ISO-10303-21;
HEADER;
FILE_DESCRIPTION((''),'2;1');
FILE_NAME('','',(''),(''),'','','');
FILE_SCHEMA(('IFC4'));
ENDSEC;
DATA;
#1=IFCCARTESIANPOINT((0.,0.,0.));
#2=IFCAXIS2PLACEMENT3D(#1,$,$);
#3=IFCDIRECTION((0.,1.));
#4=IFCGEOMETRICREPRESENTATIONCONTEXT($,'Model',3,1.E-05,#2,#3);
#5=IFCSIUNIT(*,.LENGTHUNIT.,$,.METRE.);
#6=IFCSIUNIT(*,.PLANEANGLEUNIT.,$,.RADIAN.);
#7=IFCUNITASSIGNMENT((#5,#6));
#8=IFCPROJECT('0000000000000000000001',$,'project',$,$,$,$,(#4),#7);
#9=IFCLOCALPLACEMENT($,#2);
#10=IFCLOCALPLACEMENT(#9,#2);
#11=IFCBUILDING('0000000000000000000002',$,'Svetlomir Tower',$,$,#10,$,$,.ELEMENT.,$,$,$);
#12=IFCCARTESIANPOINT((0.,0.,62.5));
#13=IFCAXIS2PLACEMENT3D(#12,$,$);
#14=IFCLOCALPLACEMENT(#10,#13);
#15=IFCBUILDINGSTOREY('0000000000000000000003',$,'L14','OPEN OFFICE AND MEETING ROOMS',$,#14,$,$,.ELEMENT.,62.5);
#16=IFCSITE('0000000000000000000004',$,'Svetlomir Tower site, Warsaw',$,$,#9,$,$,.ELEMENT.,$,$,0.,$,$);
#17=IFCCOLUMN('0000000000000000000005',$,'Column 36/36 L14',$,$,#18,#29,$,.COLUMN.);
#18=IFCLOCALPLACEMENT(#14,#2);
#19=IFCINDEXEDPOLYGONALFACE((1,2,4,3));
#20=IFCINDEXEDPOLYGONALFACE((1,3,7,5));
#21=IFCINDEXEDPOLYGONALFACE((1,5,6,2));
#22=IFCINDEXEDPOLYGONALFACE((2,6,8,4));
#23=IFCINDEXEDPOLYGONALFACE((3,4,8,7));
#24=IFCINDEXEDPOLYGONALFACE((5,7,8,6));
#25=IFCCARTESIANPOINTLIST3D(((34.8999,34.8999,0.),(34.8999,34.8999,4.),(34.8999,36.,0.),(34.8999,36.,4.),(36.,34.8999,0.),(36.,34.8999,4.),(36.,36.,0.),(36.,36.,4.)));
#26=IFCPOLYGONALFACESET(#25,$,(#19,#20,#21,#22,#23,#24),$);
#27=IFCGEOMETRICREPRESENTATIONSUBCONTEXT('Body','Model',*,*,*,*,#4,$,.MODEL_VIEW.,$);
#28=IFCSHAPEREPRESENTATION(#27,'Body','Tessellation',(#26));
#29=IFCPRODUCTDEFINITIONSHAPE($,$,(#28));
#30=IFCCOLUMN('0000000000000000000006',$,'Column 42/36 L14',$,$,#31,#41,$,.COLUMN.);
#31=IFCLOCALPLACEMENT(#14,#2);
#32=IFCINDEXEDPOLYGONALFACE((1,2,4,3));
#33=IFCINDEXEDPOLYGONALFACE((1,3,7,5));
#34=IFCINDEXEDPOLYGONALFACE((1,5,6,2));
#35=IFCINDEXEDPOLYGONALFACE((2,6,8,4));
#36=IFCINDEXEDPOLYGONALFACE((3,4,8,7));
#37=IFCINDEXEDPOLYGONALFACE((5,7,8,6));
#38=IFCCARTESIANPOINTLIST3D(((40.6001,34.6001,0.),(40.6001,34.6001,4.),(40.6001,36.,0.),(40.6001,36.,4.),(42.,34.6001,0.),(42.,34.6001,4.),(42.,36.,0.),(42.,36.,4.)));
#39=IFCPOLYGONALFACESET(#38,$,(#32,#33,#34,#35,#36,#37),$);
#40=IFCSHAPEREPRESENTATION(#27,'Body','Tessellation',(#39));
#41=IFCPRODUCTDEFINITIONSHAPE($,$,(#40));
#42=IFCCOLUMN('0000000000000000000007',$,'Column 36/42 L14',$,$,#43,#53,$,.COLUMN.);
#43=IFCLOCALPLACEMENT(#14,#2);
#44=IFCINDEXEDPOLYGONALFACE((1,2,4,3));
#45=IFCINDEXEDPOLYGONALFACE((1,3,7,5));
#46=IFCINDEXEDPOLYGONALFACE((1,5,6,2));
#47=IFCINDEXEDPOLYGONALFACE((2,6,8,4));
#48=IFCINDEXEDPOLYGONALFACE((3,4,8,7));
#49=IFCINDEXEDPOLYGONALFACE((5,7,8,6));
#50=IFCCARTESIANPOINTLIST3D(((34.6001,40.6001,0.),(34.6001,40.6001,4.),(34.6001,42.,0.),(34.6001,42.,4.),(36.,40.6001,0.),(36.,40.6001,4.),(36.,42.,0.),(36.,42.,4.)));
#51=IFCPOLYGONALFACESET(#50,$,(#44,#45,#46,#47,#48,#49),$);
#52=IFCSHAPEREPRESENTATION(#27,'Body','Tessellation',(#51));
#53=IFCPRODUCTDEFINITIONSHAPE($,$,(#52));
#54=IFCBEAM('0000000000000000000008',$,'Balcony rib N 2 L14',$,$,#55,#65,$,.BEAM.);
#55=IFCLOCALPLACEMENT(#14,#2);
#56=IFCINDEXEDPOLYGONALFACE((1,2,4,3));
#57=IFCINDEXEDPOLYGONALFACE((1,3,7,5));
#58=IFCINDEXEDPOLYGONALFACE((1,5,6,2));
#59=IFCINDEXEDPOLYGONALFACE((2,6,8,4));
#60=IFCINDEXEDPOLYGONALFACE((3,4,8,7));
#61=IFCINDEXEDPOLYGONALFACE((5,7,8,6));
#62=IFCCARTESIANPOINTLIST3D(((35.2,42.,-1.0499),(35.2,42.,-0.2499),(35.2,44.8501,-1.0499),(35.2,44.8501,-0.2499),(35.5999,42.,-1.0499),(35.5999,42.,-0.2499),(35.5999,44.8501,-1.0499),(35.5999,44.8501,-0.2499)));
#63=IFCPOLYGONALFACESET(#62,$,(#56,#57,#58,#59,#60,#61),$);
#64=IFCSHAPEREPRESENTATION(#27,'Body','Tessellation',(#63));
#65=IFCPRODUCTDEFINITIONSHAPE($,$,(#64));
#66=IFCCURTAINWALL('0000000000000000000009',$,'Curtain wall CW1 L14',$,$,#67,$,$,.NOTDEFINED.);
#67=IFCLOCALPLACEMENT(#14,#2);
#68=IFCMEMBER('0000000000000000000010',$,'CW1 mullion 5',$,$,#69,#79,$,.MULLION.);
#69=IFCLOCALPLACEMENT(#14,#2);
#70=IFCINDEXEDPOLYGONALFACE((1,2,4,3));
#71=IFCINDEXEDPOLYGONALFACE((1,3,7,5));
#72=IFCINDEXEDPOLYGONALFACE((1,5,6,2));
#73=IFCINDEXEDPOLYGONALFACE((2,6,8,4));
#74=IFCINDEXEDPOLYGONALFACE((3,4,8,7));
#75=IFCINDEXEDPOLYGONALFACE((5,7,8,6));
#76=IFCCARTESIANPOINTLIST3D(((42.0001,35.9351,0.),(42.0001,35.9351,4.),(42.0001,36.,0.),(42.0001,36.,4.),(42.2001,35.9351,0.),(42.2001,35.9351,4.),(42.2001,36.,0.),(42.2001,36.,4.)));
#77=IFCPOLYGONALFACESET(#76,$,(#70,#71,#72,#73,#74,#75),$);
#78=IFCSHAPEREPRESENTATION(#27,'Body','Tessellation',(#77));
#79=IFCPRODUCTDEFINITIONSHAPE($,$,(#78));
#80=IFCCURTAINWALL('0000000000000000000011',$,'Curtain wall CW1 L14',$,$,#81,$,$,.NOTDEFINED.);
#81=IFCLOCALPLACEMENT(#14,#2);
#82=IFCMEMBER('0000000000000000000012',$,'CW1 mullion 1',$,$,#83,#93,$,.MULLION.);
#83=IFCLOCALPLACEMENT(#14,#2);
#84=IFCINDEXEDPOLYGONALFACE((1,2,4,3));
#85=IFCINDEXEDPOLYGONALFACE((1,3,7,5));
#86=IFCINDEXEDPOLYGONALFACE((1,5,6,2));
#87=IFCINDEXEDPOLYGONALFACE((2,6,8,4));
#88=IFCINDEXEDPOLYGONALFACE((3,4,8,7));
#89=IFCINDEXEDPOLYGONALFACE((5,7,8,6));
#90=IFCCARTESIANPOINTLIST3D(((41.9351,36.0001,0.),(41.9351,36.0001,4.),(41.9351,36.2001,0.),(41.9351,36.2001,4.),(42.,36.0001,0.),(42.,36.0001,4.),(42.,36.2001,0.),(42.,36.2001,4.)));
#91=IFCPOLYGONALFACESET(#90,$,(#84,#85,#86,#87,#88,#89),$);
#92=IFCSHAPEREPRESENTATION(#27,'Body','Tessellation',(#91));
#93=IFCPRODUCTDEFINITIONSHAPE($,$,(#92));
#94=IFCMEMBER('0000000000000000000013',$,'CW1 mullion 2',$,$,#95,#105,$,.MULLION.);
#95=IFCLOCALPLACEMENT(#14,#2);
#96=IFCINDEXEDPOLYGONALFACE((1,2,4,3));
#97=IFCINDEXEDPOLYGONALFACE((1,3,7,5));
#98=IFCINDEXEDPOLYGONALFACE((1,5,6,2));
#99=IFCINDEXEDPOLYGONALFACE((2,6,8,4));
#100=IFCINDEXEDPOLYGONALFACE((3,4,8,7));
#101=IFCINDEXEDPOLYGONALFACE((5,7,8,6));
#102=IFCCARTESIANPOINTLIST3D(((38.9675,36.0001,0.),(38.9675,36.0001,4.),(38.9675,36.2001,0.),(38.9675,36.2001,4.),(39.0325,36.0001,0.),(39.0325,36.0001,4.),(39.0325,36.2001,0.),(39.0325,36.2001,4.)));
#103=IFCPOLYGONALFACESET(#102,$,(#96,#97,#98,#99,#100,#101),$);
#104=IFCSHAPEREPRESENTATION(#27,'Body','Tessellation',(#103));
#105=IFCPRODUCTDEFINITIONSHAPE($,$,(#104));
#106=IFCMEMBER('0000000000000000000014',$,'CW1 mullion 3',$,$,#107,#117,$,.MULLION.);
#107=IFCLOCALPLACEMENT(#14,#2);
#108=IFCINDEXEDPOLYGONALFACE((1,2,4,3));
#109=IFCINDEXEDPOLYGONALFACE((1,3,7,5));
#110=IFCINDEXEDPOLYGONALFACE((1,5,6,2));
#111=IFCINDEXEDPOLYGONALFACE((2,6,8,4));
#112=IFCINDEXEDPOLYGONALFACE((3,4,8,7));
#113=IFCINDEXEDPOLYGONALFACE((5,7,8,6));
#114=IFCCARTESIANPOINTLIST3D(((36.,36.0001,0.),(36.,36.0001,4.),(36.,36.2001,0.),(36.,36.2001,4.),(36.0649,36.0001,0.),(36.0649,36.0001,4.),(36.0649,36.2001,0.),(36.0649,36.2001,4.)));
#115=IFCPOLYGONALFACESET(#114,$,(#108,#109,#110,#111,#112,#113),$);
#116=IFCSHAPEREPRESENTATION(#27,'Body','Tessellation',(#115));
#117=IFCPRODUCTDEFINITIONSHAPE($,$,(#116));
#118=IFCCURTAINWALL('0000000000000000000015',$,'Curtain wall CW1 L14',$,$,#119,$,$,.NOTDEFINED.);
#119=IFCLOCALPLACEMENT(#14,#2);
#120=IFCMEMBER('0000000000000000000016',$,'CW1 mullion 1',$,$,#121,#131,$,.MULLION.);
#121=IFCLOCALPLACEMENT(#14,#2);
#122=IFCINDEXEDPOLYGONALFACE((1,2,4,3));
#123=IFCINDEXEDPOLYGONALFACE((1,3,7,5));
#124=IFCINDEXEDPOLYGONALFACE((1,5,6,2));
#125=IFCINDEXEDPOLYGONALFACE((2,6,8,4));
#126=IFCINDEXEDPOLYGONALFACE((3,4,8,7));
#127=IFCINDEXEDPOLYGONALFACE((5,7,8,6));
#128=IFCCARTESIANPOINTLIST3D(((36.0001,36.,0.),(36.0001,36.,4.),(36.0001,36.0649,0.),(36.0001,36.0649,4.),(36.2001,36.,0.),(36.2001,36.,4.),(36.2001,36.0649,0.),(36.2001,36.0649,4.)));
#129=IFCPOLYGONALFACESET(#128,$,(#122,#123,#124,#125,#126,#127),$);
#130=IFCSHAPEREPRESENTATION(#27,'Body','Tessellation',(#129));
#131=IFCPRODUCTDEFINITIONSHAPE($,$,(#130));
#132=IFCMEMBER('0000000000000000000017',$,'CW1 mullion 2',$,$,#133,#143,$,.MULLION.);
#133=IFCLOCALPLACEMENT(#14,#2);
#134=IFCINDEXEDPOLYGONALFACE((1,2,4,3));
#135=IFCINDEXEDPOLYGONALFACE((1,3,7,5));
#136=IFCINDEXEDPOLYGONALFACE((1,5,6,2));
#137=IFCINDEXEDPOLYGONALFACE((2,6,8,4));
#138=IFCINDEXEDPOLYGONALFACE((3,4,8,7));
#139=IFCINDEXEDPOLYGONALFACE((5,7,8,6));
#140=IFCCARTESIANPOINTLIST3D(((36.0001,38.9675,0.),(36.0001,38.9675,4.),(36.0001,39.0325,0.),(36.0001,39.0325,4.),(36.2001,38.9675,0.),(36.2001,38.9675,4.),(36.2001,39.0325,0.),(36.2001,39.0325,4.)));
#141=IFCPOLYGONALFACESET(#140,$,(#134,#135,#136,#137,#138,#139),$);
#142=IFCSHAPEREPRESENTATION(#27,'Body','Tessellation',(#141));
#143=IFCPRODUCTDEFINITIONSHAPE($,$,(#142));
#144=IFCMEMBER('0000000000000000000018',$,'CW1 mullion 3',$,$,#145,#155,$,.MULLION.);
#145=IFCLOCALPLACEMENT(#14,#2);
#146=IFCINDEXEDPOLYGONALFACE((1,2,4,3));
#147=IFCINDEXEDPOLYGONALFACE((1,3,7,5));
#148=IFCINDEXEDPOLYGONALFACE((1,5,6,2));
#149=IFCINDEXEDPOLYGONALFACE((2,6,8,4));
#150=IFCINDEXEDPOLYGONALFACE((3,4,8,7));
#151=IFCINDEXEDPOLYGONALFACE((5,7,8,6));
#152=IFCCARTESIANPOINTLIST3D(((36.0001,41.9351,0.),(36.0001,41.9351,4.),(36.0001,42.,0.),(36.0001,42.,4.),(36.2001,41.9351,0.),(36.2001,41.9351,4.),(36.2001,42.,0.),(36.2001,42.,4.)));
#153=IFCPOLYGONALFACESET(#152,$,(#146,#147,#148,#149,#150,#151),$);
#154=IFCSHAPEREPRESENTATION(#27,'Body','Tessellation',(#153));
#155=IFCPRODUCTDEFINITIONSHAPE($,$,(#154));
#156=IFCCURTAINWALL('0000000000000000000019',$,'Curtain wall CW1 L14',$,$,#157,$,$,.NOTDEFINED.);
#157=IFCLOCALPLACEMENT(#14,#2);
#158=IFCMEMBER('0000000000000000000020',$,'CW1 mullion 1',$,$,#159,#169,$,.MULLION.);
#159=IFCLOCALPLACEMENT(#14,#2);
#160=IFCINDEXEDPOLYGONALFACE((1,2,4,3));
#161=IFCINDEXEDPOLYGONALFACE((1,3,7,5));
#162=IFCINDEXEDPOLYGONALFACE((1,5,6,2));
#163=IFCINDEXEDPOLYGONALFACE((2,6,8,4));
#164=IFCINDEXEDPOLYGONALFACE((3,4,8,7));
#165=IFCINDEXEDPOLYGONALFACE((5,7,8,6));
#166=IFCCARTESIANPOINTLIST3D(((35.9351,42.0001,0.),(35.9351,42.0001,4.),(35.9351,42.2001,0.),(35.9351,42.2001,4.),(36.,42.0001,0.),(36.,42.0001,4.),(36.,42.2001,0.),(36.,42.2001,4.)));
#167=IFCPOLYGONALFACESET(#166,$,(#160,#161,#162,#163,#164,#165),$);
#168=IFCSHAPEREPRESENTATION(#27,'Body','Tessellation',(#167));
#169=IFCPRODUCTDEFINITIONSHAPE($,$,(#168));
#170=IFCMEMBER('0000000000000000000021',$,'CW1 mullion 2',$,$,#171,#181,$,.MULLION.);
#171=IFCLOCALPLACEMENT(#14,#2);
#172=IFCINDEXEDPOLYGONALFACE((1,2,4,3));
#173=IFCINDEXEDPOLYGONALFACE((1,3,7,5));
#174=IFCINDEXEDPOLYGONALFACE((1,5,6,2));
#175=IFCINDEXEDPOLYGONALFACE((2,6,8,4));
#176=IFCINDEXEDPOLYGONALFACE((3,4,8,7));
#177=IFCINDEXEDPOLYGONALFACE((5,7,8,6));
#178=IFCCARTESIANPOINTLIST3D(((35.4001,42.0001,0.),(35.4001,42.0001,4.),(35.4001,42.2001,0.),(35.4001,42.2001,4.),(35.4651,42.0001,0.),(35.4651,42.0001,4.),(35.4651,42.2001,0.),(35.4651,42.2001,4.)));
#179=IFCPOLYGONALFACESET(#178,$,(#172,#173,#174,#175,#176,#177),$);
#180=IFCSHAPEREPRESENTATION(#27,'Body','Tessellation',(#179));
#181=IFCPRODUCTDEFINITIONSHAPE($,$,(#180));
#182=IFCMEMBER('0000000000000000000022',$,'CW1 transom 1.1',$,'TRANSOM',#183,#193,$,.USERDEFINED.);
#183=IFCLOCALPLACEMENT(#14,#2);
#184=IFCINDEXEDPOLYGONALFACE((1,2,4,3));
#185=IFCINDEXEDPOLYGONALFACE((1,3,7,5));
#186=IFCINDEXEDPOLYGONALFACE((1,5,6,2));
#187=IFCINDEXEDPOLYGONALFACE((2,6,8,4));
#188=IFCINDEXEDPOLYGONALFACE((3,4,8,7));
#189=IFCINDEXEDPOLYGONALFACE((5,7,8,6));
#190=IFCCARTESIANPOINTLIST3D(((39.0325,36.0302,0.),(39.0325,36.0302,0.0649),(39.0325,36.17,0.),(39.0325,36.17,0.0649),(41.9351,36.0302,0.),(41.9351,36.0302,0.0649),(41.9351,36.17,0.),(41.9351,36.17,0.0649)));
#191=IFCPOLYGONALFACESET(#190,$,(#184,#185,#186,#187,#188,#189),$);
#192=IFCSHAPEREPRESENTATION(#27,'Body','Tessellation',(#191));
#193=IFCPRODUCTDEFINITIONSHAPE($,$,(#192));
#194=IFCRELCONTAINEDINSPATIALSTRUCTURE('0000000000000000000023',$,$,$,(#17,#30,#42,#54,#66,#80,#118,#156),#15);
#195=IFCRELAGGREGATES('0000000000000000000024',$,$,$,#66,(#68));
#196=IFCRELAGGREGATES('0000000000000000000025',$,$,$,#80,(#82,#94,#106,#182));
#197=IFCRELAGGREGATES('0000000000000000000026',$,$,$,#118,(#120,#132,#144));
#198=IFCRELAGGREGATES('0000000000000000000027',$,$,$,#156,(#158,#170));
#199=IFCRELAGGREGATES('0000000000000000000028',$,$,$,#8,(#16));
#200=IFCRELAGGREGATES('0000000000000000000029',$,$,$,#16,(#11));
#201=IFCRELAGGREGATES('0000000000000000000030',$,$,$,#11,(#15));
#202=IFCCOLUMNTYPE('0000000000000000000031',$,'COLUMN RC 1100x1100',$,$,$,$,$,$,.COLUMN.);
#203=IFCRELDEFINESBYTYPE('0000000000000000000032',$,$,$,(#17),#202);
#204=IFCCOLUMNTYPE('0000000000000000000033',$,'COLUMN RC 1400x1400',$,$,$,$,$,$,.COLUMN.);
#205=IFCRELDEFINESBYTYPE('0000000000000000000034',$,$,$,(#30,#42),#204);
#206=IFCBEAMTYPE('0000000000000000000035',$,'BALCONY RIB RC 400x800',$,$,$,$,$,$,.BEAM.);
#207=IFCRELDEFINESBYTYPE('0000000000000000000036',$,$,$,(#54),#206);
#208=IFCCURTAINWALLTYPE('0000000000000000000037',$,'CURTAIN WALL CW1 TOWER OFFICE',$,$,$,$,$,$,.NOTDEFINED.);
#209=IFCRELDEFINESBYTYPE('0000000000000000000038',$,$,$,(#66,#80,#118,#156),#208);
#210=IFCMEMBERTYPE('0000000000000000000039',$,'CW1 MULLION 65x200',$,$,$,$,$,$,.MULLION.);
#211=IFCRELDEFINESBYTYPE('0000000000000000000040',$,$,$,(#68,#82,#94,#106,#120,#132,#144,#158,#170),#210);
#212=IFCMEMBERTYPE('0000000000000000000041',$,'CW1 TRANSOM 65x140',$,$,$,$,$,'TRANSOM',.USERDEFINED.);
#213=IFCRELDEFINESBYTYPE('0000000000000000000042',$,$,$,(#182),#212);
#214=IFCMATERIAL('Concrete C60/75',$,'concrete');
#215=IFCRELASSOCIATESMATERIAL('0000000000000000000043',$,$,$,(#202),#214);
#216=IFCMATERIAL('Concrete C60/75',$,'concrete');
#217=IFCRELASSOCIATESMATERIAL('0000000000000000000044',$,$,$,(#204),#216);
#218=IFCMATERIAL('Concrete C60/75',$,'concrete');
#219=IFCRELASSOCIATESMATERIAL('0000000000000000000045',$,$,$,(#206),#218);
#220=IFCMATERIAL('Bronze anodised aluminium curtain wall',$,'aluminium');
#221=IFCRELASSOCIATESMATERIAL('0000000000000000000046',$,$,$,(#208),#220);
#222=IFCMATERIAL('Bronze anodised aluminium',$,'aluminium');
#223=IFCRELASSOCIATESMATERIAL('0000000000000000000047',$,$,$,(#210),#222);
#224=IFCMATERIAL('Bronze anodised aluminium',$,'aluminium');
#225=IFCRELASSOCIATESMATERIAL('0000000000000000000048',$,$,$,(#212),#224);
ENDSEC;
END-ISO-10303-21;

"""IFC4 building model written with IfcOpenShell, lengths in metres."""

from ifc_helpers import new_model, si_unit, direction, frame, origin, origin_2d, place, context, subcontext, project, spatial, rectangle, extrude, material, material_profile, profile_set, type_object, element, aggregate, save


model = new_model("IFC4")

# Units and contexts
model_context = context("Model", 3, precision=1e-05, world=origin(), true_north=direction((0.0, 1.0)))
body_context = subcontext(model_context, "Body", "Model", "MODEL_VIEW")
ifc_project = project(units=[si_unit("LENGTHUNIT", "METRE"), si_unit("PLANEANGLEUNIT", "RADIAN")], contexts=[model_context])

# Site, building, storey
site_placement = place(None, origin())
site = spatial("IfcSite", under=ifc_project, at=site_placement, Name="Svetlomir Tower site, Warsaw", CompositionType="ELEMENT", RefElevation=0.0)
building_placement = place(site_placement, origin())
building = spatial("IfcBuilding", under=site, at=building_placement, Name="Svetlomir Tower", CompositionType="ELEMENT")
storey_placement = place(building_placement, frame((0.0, 0.0, 62.5)))
storey = spatial("IfcBuildingStorey", under=building, at=storey_placement, Name="L14", Description="OPEN OFFICE AND MEETING ROOMS", CompositionType="ELEMENT", Elevation=62.5)

# Columns
ifc_material_1 = material(Name="Concrete C60/75", Category="concrete")
ifc_material_profile_1 = material_profile(ifc_material_1, rectangle(XDim=1.1001, YDim=1.1001, at=origin_2d()), Name="RC 1100x1100")
ifc_profile_set_1 = profile_set([ifc_material_profile_1], Name="Concrete C60/75")
column_type_1 = type_object("IfcColumnType", Name="COLUMN RC 1100x1100", PredefinedType="COLUMN", material=ifc_profile_set_1)
column_placement = place(storey_placement, frame((35.45, 35.45, 0.0), z_axis=(0.0, 0.0, 1.0), x_axis=(1.0, 0.0, 0.0)))
element("IfcColumn", 1, at=column_placement, inside=storey, type_object=column_type_1, Name="Column 36/36 L14", PredefinedType="COLUMN", context=body_context, shape_type="SweptSolid", body=[
    extrude(rectangle(XDim=1.1001, YDim=1.1001, at=origin_2d()), origin(), (0.0, 0.0, 1.0), 4.0),
])
ifc_material_2 = material(Name="Concrete C60/75", Category="concrete")
ifc_material_profile_2 = material_profile(ifc_material_2, rectangle(XDim=1.3999, YDim=1.3999, at=origin_2d()), Name="RC 1400x1400")
ifc_profile_set_2 = profile_set([ifc_material_profile_2], Name="Concrete C60/75")
column_type_2 = type_object("IfcColumnType", Name="COLUMN RC 1400x1400", PredefinedType="COLUMN", material=ifc_profile_set_2)
for number, where, z_axis, x_axis, name in (
    (2, (41.3, 35.3, 0.0), (0.0, 0.0, 1.0), (1.0, 0.0, 0.0), "Column 42/36 L14"),
    (3, (35.3, 41.3, 0.0), (0.0, 0.0, 1.0), (1.0, 0.0, 0.0), "Column 36/42 L14"),
):
    element("IfcColumn", number, at=place(storey_placement, frame(where, z_axis=z_axis, x_axis=x_axis)), inside=storey, type_object=column_type_2, Name=name, PredefinedType="COLUMN", context=body_context, shape_type="SweptSolid", body=[
        extrude(rectangle(XDim=1.3999, YDim=1.3999, at=origin_2d()), origin(), (0.0, 0.0, 1.0), 4.0),
    ])

# Beam
ifc_material_3 = material(Name="Concrete C60/75", Category="concrete")
ifc_material_profile_3 = material_profile(ifc_material_3, rectangle(XDim=0.3999, YDim=0.8, at=origin_2d()), Name="RC 400x800")
ifc_profile_set_3 = profile_set([ifc_material_profile_3], Name="Concrete C60/75")
beam_type_1 = type_object("IfcBeamType", Name="BALCONY RIB RC 400x800", PredefinedType="BEAM", material=ifc_profile_set_3)
beam_placement = place(storey_placement, frame((35.3999, 42.0, -0.6499), z_axis=(0.0, 1.0, 0.0), x_axis=(-1.0, 0.0, 0.0)))
element("IfcBeam", 4, at=beam_placement, inside=storey, type_object=beam_type_1, Name="Balcony rib N 2 L14", PredefinedType="BEAM", context=body_context, shape_type="SweptSolid", body=[
    extrude(rectangle(XDim=0.3999, YDim=0.8, at=origin_2d()), origin(), (0.0, 0.0, 1.0), 2.8501),
])

# Curtain wall, member
ifc_material_4 = material(Name="Bronze anodised aluminium curtain wall", Category="aluminium")
curtain_wall_type = type_object("IfcCurtainWallType", Name="CURTAIN WALL CW1 TOWER OFFICE", PredefinedType="NOTDEFINED", material=ifc_material_4)
curtain_wall_1_placement = place(storey_placement, origin())
curtain_wall_1 = element("IfcCurtainWall", 5, at=curtain_wall_1_placement, inside=storey, type_object=curtain_wall_type, Name="Curtain wall CW1 L14", PredefinedType="NOTDEFINED")
ifc_material_5 = material(Name="Bronze anodised aluminium", Category="aluminium")
ifc_material_profile_4 = material_profile(ifc_material_5, rectangle(XDim=0.0649, YDim=0.2, at=origin_2d()), Name="AL 65x200")
ifc_profile_set_4 = profile_set([ifc_material_profile_4], Name="Bronze anodised aluminium 6063-T6")
member_type_1 = type_object("IfcMemberType", Name="CW1 MULLION 65x200", PredefinedType="MULLION", material=ifc_profile_set_4)
member_1_placement = place(storey_placement, frame((42.1001, 35.9675, 0.0), z_axis=(0.0, 0.0, 1.0), x_axis=(0.0, 1.0, 0.0)))
member_1 = element("IfcMember", 6, at=member_1_placement, type_object=member_type_1, Name="CW1 mullion 5", PredefinedType="MULLION", context=body_context, shape_type="SweptSolid", body=[
    extrude(rectangle(XDim=0.0649, YDim=0.2, at=origin_2d()), origin(), (0.0, 0.0, 1.0), 4.0),
])

# Curtain walls, members
curtain_wall_2_placement = place(storey_placement, origin())
curtain_wall_2 = element("IfcCurtainWall", 7, at=curtain_wall_2_placement, inside=storey, type_object=curtain_wall_type, Name="Curtain wall CW1 L14", PredefinedType="NOTDEFINED")
member_2_placement = place(storey_placement, frame((41.9675, 36.1001, 0.0), z_axis=(0.0, 0.0, 1.0), x_axis=(-1.0, 0.0, 0.0)))
member_2 = element("IfcMember", 8, at=member_2_placement, type_object=member_type_1, Name="CW1 mullion 1", PredefinedType="MULLION", context=body_context, shape_type="SweptSolid", body=[
    extrude(rectangle(XDim=0.0649, YDim=0.2, at=origin_2d()), origin(), (0.0, 0.0, 1.0), 4.0),
])
member_3_placement = place(storey_placement, frame((39.0, 36.1001, 0.0), z_axis=(0.0, 0.0, 1.0), x_axis=(-1.0, 0.0, 0.0)))
member_3 = element("IfcMember", 9, at=member_3_placement, type_object=member_type_1, Name="CW1 mullion 2", PredefinedType="MULLION", context=body_context, shape_type="SweptSolid", body=[
    extrude(rectangle(XDim=0.0649, YDim=0.2, at=origin_2d()), origin(), (0.0, 0.0, 1.0), 4.0),
])
member_4_placement = place(storey_placement, frame((36.0325, 36.1001, 0.0), z_axis=(0.0, 0.0, 1.0), x_axis=(-1.0, 0.0, 0.0)))
member_4 = element("IfcMember", 10, at=member_4_placement, type_object=member_type_1, Name="CW1 mullion 3", PredefinedType="MULLION", context=body_context, shape_type="SweptSolid", body=[
    extrude(rectangle(XDim=0.0649, YDim=0.2, at=origin_2d()), origin(), (0.0, 0.0, 1.0), 4.0),
])
curtain_wall_3_placement = place(storey_placement, origin())
curtain_wall_3 = element("IfcCurtainWall", 11, at=curtain_wall_3_placement, inside=storey, type_object=curtain_wall_type, Name="Curtain wall CW1 L14", PredefinedType="NOTDEFINED")
member_5_placement = place(storey_placement, frame((36.1001, 36.0325, 0.0), z_axis=(0.0, 0.0, 1.0), x_axis=(0.0, 1.0, 0.0)))
member_5 = element("IfcMember", 12, at=member_5_placement, type_object=member_type_1, Name="CW1 mullion 1", PredefinedType="MULLION", context=body_context, shape_type="SweptSolid", body=[
    extrude(rectangle(XDim=0.0649, YDim=0.2, at=origin_2d()), origin(), (0.0, 0.0, 1.0), 4.0),
])
member_6_placement = place(storey_placement, frame((36.1001, 39.0, 0.0), z_axis=(0.0, 0.0, 1.0), x_axis=(0.0, 1.0, 0.0)))
member_6 = element("IfcMember", 13, at=member_6_placement, type_object=member_type_1, Name="CW1 mullion 2", PredefinedType="MULLION", context=body_context, shape_type="SweptSolid", body=[
    extrude(rectangle(XDim=0.0649, YDim=0.2, at=origin_2d()), origin(), (0.0, 0.0, 1.0), 4.0),
])
member_7_placement = place(storey_placement, frame((36.1001, 41.9675, 0.0), z_axis=(0.0, 0.0, 1.0), x_axis=(0.0, 1.0, 0.0)))
member_7 = element("IfcMember", 14, at=member_7_placement, type_object=member_type_1, Name="CW1 mullion 3", PredefinedType="MULLION", context=body_context, shape_type="SweptSolid", body=[
    extrude(rectangle(XDim=0.0649, YDim=0.2, at=origin_2d()), origin(), (0.0, 0.0, 1.0), 4.0),
])
curtain_wall_4_placement = place(storey_placement, origin())
curtain_wall_4 = element("IfcCurtainWall", 15, at=curtain_wall_4_placement, inside=storey, type_object=curtain_wall_type, Name="Curtain wall CW1 L14", PredefinedType="NOTDEFINED")
member_8_placement = place(storey_placement, frame((35.9675, 42.1001, 0.0), z_axis=(0.0, 0.0, 1.0), x_axis=(-1.0, 0.0, 0.0)))
member_8 = element("IfcMember", 16, at=member_8_placement, type_object=member_type_1, Name="CW1 mullion 1", PredefinedType="MULLION", context=body_context, shape_type="SweptSolid", body=[
    extrude(rectangle(XDim=0.0649, YDim=0.2, at=origin_2d()), origin(), (0.0, 0.0, 1.0), 4.0),
])
member_9_placement = place(storey_placement, frame((35.4326, 42.1001, 0.0), z_axis=(0.0, 0.0, 1.0), x_axis=(-1.0, 0.0, 0.0)))
member_9 = element("IfcMember", 17, at=member_9_placement, type_object=member_type_1, Name="CW1 mullion 2", PredefinedType="MULLION", context=body_context, shape_type="SweptSolid", body=[
    extrude(rectangle(XDim=0.0649, YDim=0.2, at=origin_2d()), origin(), (0.0, 0.0, 1.0), 4.0),
])

# Member
ifc_material_6 = material(Name="Bronze anodised aluminium", Category="aluminium")
ifc_material_profile_5 = material_profile(ifc_material_6, rectangle(XDim=0.1399, YDim=0.0649, at=origin_2d()), Name="AL 140x65")
ifc_profile_set_5 = profile_set([ifc_material_profile_5], Name="Bronze anodised aluminium 6063-T6")
member_type_2 = type_object("IfcMemberType", Name="CW1 TRANSOM 65x140", ElementType="TRANSOM", PredefinedType="USERDEFINED", material=ifc_profile_set_5)
member_10_placement = place(storey_placement, frame((41.9351, 36.1001, 0.0325), z_axis=(-1.0, 0.0, 0.0), x_axis=(0.0, -1.0, 0.0)))
member_10 = element("IfcMember", 18, at=member_10_placement, type_object=member_type_2, Name="CW1 transom 1.1", ObjectType="TRANSOM", PredefinedType="USERDEFINED", context=body_context, shape_type="SweptSolid", body=[
    extrude(rectangle(XDim=0.1399, YDim=0.0649, at=origin_2d()), origin(), (0.0, 0.0, 1.0), 2.9026),
])

aggregate(curtain_wall_1, [member_1])
aggregate(curtain_wall_2, [member_2, member_3, member_4, member_10])
aggregate(curtain_wall_3, [member_5, member_6, member_7])
aggregate(curtain_wall_4, [member_8, member_9])

save(model, "model.ifc")
